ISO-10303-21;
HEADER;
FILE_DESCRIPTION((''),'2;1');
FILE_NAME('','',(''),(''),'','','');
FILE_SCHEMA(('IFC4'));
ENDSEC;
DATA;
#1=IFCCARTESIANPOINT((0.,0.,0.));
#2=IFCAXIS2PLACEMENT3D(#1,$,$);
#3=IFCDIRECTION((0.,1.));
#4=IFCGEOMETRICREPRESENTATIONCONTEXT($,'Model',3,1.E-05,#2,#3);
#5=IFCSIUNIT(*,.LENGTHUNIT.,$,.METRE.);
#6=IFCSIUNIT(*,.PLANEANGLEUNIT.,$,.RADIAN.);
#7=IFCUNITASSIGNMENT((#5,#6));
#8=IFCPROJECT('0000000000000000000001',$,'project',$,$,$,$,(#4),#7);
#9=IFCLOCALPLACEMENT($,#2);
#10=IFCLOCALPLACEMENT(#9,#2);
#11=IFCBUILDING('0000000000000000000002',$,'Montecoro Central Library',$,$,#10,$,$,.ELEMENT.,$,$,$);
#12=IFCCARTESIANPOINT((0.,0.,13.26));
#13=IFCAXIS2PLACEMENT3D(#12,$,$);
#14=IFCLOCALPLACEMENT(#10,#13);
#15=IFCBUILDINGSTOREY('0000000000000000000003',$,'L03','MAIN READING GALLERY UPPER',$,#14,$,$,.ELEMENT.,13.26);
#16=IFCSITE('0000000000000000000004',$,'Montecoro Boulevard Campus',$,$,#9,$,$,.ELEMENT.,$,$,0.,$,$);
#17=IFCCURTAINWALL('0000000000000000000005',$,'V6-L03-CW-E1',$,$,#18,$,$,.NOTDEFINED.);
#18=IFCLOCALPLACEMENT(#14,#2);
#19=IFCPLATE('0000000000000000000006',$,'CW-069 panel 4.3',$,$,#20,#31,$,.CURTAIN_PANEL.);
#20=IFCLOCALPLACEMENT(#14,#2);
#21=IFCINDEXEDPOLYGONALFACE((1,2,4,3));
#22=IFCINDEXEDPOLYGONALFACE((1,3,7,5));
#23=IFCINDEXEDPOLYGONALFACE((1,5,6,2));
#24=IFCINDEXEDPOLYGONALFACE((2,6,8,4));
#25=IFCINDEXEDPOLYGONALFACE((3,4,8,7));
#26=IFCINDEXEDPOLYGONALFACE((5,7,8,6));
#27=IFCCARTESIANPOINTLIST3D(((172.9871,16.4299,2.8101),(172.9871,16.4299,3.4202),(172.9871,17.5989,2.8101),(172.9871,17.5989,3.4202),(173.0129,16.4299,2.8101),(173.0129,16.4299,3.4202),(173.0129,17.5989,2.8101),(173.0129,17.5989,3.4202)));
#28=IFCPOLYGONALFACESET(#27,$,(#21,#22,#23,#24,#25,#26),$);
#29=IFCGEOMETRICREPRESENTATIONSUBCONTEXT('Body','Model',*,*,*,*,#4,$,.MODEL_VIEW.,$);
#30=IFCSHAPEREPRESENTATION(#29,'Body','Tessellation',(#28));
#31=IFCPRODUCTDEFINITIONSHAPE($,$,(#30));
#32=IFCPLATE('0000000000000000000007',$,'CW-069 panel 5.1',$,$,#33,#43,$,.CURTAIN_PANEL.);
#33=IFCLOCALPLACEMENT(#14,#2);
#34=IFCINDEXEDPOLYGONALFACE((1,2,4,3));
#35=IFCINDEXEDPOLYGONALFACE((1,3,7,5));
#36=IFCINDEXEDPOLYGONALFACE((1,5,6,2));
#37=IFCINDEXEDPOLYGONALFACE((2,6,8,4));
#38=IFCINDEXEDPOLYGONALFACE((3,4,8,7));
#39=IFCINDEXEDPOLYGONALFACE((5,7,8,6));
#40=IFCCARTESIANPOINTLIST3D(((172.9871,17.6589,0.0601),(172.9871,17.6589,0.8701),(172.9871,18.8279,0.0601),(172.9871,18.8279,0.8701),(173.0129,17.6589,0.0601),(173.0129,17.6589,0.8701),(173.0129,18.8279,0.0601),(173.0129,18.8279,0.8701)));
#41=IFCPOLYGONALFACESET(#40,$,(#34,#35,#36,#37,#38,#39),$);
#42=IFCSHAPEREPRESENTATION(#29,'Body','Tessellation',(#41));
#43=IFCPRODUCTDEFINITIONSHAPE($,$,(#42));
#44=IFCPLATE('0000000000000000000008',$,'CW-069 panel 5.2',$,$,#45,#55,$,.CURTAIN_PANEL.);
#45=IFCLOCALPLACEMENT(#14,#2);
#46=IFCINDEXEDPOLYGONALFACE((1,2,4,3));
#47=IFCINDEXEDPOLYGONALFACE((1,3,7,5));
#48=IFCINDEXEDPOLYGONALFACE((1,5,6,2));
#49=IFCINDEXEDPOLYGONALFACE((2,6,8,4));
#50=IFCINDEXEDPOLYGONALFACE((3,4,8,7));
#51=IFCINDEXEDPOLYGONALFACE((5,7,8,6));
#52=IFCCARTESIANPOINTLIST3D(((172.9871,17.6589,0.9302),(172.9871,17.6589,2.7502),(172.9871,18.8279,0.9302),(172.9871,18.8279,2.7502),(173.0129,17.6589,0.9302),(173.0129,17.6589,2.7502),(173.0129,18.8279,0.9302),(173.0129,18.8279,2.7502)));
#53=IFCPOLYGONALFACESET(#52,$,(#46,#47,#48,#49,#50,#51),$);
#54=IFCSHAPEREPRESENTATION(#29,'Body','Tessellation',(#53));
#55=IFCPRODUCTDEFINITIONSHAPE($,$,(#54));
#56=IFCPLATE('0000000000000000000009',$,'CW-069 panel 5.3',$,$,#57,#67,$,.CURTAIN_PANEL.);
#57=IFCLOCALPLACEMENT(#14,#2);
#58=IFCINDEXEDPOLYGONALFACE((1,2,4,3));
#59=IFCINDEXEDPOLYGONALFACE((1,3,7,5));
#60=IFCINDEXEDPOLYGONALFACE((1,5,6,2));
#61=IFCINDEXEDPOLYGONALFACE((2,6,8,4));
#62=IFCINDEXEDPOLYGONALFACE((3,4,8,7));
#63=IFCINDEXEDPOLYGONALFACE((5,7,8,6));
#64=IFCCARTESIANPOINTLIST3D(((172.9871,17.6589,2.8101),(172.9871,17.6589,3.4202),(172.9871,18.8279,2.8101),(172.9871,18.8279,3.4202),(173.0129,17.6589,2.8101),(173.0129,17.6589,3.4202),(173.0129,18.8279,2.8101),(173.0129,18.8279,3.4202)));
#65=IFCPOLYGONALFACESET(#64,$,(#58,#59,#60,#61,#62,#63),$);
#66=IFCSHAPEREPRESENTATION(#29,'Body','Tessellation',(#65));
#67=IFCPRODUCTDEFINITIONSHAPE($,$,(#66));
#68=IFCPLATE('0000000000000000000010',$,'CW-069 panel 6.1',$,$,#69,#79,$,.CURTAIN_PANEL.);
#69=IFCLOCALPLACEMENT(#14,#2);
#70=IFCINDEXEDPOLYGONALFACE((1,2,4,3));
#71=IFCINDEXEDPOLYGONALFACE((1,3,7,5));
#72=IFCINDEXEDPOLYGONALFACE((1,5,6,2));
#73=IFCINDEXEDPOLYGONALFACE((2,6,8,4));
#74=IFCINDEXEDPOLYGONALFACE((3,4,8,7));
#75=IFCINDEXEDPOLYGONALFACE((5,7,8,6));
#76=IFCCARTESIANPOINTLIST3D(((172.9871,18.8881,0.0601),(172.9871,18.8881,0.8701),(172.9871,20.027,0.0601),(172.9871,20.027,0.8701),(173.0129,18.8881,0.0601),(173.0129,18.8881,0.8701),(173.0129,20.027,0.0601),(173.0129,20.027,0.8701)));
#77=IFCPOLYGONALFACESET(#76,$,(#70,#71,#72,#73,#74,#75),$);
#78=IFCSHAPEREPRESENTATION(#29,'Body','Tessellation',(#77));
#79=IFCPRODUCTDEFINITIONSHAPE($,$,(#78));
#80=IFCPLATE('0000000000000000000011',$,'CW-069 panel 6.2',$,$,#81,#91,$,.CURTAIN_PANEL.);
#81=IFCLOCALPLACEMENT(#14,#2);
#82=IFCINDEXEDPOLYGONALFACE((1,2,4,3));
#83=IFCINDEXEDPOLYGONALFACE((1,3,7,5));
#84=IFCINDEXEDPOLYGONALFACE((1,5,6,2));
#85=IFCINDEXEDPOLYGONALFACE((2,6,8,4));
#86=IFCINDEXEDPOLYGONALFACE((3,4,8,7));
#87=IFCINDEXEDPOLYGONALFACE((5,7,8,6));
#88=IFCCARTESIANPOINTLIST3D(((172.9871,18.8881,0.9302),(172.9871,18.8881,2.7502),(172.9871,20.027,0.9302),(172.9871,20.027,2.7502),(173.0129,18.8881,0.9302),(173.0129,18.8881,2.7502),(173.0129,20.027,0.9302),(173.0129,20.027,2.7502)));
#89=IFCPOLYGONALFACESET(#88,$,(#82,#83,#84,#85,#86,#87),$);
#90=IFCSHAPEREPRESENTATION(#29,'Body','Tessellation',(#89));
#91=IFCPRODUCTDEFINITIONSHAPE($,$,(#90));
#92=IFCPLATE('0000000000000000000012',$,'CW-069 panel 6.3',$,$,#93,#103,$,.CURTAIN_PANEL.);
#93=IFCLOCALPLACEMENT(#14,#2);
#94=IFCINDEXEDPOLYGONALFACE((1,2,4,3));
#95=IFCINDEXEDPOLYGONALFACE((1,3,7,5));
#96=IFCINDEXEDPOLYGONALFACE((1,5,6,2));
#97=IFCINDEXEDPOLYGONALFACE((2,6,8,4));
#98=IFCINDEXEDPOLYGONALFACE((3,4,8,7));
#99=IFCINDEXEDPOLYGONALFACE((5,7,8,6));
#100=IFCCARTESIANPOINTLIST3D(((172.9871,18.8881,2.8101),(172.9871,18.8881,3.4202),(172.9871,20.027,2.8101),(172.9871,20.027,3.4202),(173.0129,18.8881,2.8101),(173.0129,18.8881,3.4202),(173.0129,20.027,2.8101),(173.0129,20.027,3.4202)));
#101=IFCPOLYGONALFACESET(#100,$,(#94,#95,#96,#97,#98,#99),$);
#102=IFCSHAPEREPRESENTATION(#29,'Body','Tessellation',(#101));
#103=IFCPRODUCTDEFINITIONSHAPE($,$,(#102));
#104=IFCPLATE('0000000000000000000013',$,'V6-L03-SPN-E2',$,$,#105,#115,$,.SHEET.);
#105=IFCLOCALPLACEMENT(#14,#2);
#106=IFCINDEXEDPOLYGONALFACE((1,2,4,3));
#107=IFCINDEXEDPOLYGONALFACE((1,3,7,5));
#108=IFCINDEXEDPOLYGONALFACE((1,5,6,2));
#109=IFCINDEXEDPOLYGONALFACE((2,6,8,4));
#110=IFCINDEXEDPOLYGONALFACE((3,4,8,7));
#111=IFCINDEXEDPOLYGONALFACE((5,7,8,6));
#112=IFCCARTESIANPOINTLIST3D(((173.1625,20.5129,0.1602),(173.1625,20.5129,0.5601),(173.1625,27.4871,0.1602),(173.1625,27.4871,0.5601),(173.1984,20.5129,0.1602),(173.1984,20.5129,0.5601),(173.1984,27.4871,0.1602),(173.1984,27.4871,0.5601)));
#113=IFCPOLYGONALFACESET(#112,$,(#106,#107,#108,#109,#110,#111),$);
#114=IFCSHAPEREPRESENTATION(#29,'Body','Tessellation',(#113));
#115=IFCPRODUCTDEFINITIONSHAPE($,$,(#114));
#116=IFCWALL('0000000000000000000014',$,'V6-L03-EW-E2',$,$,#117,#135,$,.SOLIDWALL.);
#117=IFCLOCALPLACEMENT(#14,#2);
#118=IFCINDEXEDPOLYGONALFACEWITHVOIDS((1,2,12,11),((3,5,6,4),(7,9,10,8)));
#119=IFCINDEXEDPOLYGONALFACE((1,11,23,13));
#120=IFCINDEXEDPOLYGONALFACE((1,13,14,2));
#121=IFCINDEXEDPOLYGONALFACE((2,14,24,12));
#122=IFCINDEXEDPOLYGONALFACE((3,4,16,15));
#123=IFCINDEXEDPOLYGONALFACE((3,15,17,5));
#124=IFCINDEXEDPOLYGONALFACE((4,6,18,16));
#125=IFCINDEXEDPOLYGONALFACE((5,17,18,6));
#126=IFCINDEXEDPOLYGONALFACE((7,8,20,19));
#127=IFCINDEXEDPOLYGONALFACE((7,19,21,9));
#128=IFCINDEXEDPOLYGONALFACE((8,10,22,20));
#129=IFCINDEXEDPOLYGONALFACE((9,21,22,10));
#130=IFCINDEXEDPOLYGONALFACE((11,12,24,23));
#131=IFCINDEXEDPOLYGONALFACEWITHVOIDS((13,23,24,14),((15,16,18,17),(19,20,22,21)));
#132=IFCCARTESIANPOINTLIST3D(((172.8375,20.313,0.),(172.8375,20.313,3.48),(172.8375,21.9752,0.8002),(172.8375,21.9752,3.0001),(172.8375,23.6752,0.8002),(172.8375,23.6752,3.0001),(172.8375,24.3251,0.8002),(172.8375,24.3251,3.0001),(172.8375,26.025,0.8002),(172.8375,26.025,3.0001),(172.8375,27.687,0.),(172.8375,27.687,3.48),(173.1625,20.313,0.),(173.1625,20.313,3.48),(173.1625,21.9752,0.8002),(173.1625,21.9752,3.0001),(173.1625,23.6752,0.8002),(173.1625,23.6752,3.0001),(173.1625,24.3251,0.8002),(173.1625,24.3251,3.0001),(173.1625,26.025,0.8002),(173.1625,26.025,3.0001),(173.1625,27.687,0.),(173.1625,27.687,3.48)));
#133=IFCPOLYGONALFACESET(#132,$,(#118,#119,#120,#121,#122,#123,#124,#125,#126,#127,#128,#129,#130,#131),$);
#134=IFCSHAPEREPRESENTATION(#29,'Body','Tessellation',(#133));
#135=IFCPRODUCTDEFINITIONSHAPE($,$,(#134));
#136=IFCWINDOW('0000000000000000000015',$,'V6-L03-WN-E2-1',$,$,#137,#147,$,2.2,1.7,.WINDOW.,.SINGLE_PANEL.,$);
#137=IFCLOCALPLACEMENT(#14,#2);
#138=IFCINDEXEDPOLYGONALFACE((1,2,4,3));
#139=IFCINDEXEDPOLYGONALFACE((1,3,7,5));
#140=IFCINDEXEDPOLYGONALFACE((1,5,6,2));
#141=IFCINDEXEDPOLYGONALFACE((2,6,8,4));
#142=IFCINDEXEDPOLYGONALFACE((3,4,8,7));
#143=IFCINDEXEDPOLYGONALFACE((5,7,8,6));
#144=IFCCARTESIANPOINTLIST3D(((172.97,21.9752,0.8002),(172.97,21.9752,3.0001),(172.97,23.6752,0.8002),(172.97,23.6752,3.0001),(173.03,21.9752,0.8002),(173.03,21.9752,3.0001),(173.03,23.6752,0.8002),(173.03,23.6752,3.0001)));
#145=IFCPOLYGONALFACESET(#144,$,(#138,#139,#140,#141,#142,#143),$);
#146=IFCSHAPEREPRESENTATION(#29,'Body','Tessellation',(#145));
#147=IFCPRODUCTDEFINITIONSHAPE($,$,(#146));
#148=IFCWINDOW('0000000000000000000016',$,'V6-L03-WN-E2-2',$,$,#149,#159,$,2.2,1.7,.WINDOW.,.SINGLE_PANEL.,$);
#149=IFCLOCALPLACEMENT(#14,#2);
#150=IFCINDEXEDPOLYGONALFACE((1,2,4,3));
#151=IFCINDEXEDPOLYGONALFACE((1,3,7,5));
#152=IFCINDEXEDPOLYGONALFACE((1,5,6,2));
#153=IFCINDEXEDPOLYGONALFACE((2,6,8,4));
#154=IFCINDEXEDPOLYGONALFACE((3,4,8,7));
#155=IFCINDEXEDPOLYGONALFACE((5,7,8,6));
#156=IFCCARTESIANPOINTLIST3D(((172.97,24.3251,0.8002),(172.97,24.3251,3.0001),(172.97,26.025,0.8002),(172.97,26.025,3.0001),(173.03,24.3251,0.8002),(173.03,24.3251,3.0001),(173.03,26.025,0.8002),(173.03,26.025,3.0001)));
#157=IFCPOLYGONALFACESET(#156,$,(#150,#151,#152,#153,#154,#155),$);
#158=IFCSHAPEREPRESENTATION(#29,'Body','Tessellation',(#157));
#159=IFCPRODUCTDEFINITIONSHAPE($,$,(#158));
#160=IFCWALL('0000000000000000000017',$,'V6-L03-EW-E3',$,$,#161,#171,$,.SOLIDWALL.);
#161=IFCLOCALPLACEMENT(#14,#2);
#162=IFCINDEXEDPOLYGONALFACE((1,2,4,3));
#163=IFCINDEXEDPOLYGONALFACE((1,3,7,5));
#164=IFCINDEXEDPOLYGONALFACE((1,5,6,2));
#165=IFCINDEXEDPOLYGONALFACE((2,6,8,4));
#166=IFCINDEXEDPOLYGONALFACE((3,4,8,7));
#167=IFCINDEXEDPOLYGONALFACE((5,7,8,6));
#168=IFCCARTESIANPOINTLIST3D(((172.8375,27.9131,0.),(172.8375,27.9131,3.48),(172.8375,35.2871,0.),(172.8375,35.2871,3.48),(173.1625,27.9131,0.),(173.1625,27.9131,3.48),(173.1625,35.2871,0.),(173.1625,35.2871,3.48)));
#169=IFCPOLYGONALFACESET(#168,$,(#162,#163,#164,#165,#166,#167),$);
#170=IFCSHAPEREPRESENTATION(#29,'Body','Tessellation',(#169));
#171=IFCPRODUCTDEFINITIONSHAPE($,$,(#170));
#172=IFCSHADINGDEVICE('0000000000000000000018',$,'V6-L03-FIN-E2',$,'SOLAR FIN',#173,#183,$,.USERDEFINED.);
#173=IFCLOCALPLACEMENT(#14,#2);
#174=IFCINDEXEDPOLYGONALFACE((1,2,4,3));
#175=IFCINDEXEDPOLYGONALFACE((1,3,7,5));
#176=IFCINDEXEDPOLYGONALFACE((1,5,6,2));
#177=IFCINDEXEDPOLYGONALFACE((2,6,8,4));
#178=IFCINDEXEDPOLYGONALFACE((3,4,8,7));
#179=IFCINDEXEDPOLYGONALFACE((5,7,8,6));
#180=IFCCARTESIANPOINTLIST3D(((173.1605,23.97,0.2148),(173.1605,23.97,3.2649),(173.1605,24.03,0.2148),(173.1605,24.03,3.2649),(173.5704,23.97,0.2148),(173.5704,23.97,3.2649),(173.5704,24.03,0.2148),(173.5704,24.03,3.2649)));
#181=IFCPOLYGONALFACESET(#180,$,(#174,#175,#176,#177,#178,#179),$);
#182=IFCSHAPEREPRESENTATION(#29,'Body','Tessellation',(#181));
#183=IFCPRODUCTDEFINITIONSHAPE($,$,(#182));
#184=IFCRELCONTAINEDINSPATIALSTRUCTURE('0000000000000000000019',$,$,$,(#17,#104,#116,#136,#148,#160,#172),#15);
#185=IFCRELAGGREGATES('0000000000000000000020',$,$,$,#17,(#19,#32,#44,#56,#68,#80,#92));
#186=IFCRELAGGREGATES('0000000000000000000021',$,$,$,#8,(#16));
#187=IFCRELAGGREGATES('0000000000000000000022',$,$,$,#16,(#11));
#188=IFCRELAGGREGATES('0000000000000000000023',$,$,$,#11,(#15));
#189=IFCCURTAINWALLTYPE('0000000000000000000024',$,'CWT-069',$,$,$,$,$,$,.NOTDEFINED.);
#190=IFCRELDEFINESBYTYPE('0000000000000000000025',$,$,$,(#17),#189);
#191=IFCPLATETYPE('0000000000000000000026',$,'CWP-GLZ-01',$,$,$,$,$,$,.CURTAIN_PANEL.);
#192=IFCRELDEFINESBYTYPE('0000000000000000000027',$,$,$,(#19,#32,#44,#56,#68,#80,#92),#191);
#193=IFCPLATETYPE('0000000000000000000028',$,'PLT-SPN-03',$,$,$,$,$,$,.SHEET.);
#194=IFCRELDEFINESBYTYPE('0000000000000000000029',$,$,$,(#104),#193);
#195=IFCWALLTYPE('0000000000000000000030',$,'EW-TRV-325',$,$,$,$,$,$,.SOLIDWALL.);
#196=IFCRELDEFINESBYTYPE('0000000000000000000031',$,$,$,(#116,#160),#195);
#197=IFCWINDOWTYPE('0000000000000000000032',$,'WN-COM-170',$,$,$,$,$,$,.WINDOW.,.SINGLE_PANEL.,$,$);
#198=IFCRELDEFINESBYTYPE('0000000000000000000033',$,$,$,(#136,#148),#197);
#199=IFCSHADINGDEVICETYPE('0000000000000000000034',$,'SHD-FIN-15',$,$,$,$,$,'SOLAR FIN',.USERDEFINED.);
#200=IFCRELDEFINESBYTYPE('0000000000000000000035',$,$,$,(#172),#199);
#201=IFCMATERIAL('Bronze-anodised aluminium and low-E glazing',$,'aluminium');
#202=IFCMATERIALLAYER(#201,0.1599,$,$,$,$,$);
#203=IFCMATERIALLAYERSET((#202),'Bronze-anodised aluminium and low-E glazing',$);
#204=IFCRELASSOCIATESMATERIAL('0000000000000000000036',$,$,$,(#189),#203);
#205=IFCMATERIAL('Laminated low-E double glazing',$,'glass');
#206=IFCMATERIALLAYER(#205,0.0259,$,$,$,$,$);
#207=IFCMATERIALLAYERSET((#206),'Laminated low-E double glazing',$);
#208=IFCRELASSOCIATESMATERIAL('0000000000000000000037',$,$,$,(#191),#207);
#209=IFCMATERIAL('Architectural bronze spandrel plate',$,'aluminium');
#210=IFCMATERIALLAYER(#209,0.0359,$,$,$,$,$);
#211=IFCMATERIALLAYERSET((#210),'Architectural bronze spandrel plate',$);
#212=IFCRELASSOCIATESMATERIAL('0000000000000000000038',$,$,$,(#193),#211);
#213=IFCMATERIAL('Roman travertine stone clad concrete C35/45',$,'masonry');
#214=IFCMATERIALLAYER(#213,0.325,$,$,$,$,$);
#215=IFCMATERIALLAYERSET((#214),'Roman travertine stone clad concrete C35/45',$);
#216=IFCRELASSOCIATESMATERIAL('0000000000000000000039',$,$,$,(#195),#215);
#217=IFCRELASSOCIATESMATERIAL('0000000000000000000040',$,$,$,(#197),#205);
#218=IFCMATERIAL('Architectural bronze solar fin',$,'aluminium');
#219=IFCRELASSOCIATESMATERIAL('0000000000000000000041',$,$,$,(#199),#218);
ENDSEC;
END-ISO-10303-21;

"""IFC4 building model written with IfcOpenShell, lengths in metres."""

from ifc_helpers import new_model, si_unit, direction, frame, frame_2d, origin, origin_2d, place, context, subcontext, project, spatial, rectangle, extrude, material, layer, layer_set, type_object, element, fill, aggregate, save


model = new_model("IFC4")

# Units and contexts
model_context = context("Model", 3, precision=1e-05, world=origin(), true_north=direction((0.0, 1.0)))
body_context = subcontext(model_context, "Body", "Model", "MODEL_VIEW")
ifc_project = project(units=[si_unit("LENGTHUNIT", "METRE"), si_unit("PLANEANGLEUNIT", "RADIAN")], contexts=[model_context])

# Site, building, storey
site_placement = place(None, origin())
site = spatial("IfcSite", under=ifc_project, at=site_placement, Name="Montecoro Boulevard Campus", CompositionType="ELEMENT", RefElevation=0.0)
building_placement = place(site_placement, origin())
building = spatial("IfcBuilding", under=site, at=building_placement, Name="Montecoro Central Library", CompositionType="ELEMENT")
storey_placement = place(building_placement, frame((0.0, 0.0, 13.26)))
storey = spatial("IfcBuildingStorey", under=building, at=storey_placement, Name="L03", Description="MAIN READING GALLERY UPPER", CompositionType="ELEMENT", Elevation=13.26)

# Curtain wall, plates
ifc_material_1 = material(Name="Bronze-anodised aluminium and low-E glazing", Category="aluminium")
ifc_layer_1 = layer(ifc_material_1, 0.1599)
ifc_layer_set_1 = layer_set([ifc_layer_1], Name="Bronze-anodised aluminium and low-E glazing")
curtain_wall_type = type_object("IfcCurtainWallType", Name="CWT-069", PredefinedType="NOTDEFINED", material=ifc_layer_set_1)
curtain_wall_placement = place(storey_placement, origin())
curtain_wall = element("IfcCurtainWall", 1, at=curtain_wall_placement, inside=storey, type_object=curtain_wall_type, Name="V6-L03-CW-E1", PredefinedType="NOTDEFINED")
ifc_material_2 = material(Name="Laminated low-E double glazing", Category="glass")
ifc_layer_2 = layer(ifc_material_2, 0.0259)
ifc_layer_set_2 = layer_set([ifc_layer_2], Name="Laminated low-E double glazing")
plate_type_1 = type_object("IfcPlateType", Name="CWP-GLZ-01", PredefinedType="CURTAIN_PANEL", material=ifc_layer_set_2)
plate_1_placement = place(storey_placement, frame((173.0, 17.0144, 2.8101), z_axis=(0.0, 0.0, 1.0), x_axis=(0.0, 1.0, 0.0)))
plate_1 = element("IfcPlate", 2, at=plate_1_placement, type_object=plate_type_1, Name="CW-069 panel 4.3", PredefinedType="CURTAIN_PANEL", context=body_context, shape_type="SweptSolid", body=[
    extrude(rectangle(XDim=1.1689, YDim=0.0259, at=origin_2d()), origin(), (0.0, 0.0, 1.0), 0.6101),
])
plate_2_placement = place(storey_placement, frame((173.0, 18.2434, 0.0601), z_axis=(0.0, 0.0, 1.0), x_axis=(0.0, 1.0, 0.0)))
plate_2 = element("IfcPlate", 3, at=plate_2_placement, type_object=plate_type_1, Name="CW-069 panel 5.1", PredefinedType="CURTAIN_PANEL", context=body_context, shape_type="SweptSolid", body=[
    extrude(rectangle(XDim=1.1689, YDim=0.0259, at=origin_2d()), origin(), (0.0, 0.0, 1.0), 0.8101),
])
plate_3_placement = place(storey_placement, frame((173.0, 18.2434, 0.9302), z_axis=(0.0, 0.0, 1.0), x_axis=(0.0, 1.0, 0.0)))
plate_3 = element("IfcPlate", 4, at=plate_3_placement, type_object=plate_type_1, Name="CW-069 panel 5.2", PredefinedType="CURTAIN_PANEL", context=body_context, shape_type="SweptSolid", body=[
    extrude(rectangle(XDim=1.1689, YDim=0.0259, at=origin_2d()), origin(), (0.0, 0.0, 1.0), 1.8201),
])
plate_4_placement = place(storey_placement, frame((173.0, 18.2434, 2.8101), z_axis=(0.0, 0.0, 1.0), x_axis=(0.0, 1.0, 0.0)))
plate_4 = element("IfcPlate", 5, at=plate_4_placement, type_object=plate_type_1, Name="CW-069 panel 5.3", PredefinedType="CURTAIN_PANEL", context=body_context, shape_type="SweptSolid", body=[
    extrude(rectangle(XDim=1.1689, YDim=0.0259, at=origin_2d()), origin(), (0.0, 0.0, 1.0), 0.6101),
])
plate_5_placement = place(storey_placement, frame((173.0, 19.4575, 0.0601), z_axis=(0.0, 0.0, 1.0), x_axis=(0.0, 1.0, 0.0)))
plate_5 = element("IfcPlate", 6, at=plate_5_placement, type_object=plate_type_1, Name="CW-069 panel 6.1", PredefinedType="CURTAIN_PANEL", context=body_context, shape_type="SweptSolid", body=[
    extrude(rectangle(XDim=1.1389, YDim=0.0259, at=origin_2d()), origin(), (0.0, 0.0, 1.0), 0.8101),
])
plate_6_placement = place(storey_placement, frame((173.0, 19.4575, 0.9302), z_axis=(0.0, 0.0, 1.0), x_axis=(0.0, 1.0, 0.0)))
plate_6 = element("IfcPlate", 7, at=plate_6_placement, type_object=plate_type_1, Name="CW-069 panel 6.2", PredefinedType="CURTAIN_PANEL", context=body_context, shape_type="SweptSolid", body=[
    extrude(rectangle(XDim=1.1389, YDim=0.0259, at=origin_2d()), origin(), (0.0, 0.0, 1.0), 1.8201),
])
plate_7_placement = place(storey_placement, frame((173.0, 19.4575, 2.8101), z_axis=(0.0, 0.0, 1.0), x_axis=(0.0, 1.0, 0.0)))
plate_7 = element("IfcPlate", 8, at=plate_7_placement, type_object=plate_type_1, Name="CW-069 panel 6.3", PredefinedType="CURTAIN_PANEL", context=body_context, shape_type="SweptSolid", body=[
    extrude(rectangle(XDim=1.1389, YDim=0.0259, at=origin_2d()), origin(), (0.0, 0.0, 1.0), 0.6101),
])
aggregate(curtain_wall, [plate_1, plate_2, plate_3, plate_4, plate_5, plate_6, plate_7])

# Plate
ifc_material_3 = material(Name="Architectural bronze spandrel plate", Category="aluminium")
ifc_layer_3 = layer(ifc_material_3, 0.0359)
ifc_layer_set_3 = layer_set([ifc_layer_3], Name="Architectural bronze spandrel plate")
plate_type_2 = type_object("IfcPlateType", Name="PLT-SPN-03", PredefinedType="SHEET", material=ifc_layer_set_3)
plate_8_placement = place(storey_placement, frame((173.1804, 24.0, 0.1602), z_axis=(0.0, 0.0, 1.0), x_axis=(0.0, 1.0, 0.0)))
element("IfcPlate", 9, at=plate_8_placement, inside=storey, type_object=plate_type_2, Name="V6-L03-SPN-E2", PredefinedType="SHEET", context=body_context, shape_type="SweptSolid", body=[
    extrude(rectangle(XDim=6.9741, YDim=0.0359, at=origin_2d()), origin(), (0.0, 0.0, 1.0), 0.3999),
])

# Wall, openings, windows
ifc_material_4 = material(Name="Roman travertine stone clad concrete C35/45", Category="masonry")
ifc_layer_4 = layer(ifc_material_4, 0.325)
ifc_layer_set_4 = layer_set([ifc_layer_4], Name="Roman travertine stone clad concrete C35/45")
wall_type = type_object("IfcWallType", Name="EW-TRV-325", PredefinedType="SOLIDWALL", material=ifc_layer_set_4)
wall_1_placement = place(storey_placement, frame((173.0, 20.313, 0.0), z_axis=(0.0, 0.0, 1.0), x_axis=(0.0, 1.0, 0.0)))
wall_1 = element("IfcWall", 10, at=wall_1_placement, inside=storey, type_object=wall_type, Name="V6-L03-EW-E2", PredefinedType="SOLIDWALL", context=body_context, shape_type="SweptSolid", body=[
    extrude(rectangle(XDim=7.374, YDim=0.325, at=frame_2d((3.687, 0.0))), origin(), (0.0, 0.0, 1.0), 3.48),
])
opening_1_placement = place(wall_1_placement, frame((1.6621, 0.0, 0.8)))
opening_1 = element("IfcOpeningElement", 11, at=opening_1_placement, cuts=wall_1, PredefinedType="OPENING", context=body_context, shape_type="SweptSolid", body=[
    extrude(rectangle(XDim=1.7, YDim=2.2, at=frame_2d((0.8501, 1.1001))), frame((0.0, 0.1724, 0.0), z_axis=(0.0, -1.0, 0.0), x_axis=(1.0, 0.0, 0.0)), (0.0, 0.0, 1.0), 0.345),
])
opening_2_placement = place(wall_1_placement, frame((4.012, 0.0, 0.8)))
opening_2 = element("IfcOpeningElement", 12, at=opening_2_placement, cuts=wall_1, PredefinedType="OPENING", context=body_context, shape_type="SweptSolid", body=[
    extrude(rectangle(XDim=1.7, YDim=2.2, at=frame_2d((0.8501, 1.1001))), frame((0.0, 0.1724, 0.0), z_axis=(0.0, -1.0, 0.0), x_axis=(1.0, 0.0, 0.0)), (0.0, 0.0, 1.0), 0.345),
])
window_type = type_object("IfcWindowType", Name="WN-COM-170", PartitioningType="SINGLE_PANEL", PredefinedType="WINDOW", material=ifc_material_2)
window_1_placement = place(opening_1_placement, origin())
window_1 = element("IfcWindow", 13, at=window_1_placement, inside=storey, type_object=window_type, Name="V6-L03-WN-E2-1", OverallHeight=2.2, OverallWidth=1.7, PartitioningType="SINGLE_PANEL", PredefinedType="WINDOW", context=body_context, shape_type="SweptSolid", body=[
    extrude(rectangle(XDim=1.7, YDim=2.2, at=frame_2d((0.8501, 1.1001))), frame((0.0, 0.03, 0.0), z_axis=(0.0, -1.0, 0.0), x_axis=(1.0, 0.0, 0.0)), (0.0, 0.0, 1.0), 0.0601),
])
fill(opening_1, window_1)
window_2_placement = place(opening_2_placement, origin())
window_2 = element("IfcWindow", 14, at=window_2_placement, inside=storey, type_object=window_type, Name="V6-L03-WN-E2-2", OverallHeight=2.2, OverallWidth=1.7, PartitioningType="SINGLE_PANEL", PredefinedType="WINDOW", context=body_context, shape_type="SweptSolid", body=[
    extrude(rectangle(XDim=1.7, YDim=2.2, at=frame_2d((0.8501, 1.1001))), frame((0.0, 0.03, 0.0), z_axis=(0.0, -1.0, 0.0), x_axis=(1.0, 0.0, 0.0)), (0.0, 0.0, 1.0), 0.0601),
])
fill(opening_2, window_2)

# Wall
wall_2_placement = place(storey_placement, frame((173.0, 27.9131, 0.0), z_axis=(0.0, 0.0, 1.0), x_axis=(0.0, 1.0, 0.0)))
element("IfcWall", 15, at=wall_2_placement, inside=storey, type_object=wall_type, Name="V6-L03-EW-E3", PredefinedType="SOLIDWALL", context=body_context, shape_type="SweptSolid", body=[
    extrude(rectangle(XDim=7.374, YDim=0.325, at=frame_2d((3.687, 0.0))), origin(), (0.0, 0.0, 1.0), 3.48),
])

# Shading device
ifc_material_5 = material(Name="Architectural bronze solar fin", Category="aluminium")
shading_device_type = type_object("IfcShadingDeviceType", Name="SHD-FIN-15", ElementType="SOLAR FIN", PredefinedType="USERDEFINED", material=ifc_material_5)
shading_device_placement = place(storey_placement, frame((173.3655, 24.0, 0.2148), z_axis=(0.0, 0.0, 1.0), x_axis=(0.0, 1.0, 0.0)))
element("IfcShadingDevice", 16, at=shading_device_placement, inside=storey, type_object=shading_device_type, Name="V6-L03-FIN-E2", ObjectType="SOLAR FIN", PredefinedType="USERDEFINED", context=body_context, shape_type="SweptSolid", body=[
    extrude(rectangle(XDim=0.0601, YDim=0.4099, at=origin_2d()), origin(), (0.0, 0.0, 1.0), 3.05),
])

save(model, "model.ifc")
